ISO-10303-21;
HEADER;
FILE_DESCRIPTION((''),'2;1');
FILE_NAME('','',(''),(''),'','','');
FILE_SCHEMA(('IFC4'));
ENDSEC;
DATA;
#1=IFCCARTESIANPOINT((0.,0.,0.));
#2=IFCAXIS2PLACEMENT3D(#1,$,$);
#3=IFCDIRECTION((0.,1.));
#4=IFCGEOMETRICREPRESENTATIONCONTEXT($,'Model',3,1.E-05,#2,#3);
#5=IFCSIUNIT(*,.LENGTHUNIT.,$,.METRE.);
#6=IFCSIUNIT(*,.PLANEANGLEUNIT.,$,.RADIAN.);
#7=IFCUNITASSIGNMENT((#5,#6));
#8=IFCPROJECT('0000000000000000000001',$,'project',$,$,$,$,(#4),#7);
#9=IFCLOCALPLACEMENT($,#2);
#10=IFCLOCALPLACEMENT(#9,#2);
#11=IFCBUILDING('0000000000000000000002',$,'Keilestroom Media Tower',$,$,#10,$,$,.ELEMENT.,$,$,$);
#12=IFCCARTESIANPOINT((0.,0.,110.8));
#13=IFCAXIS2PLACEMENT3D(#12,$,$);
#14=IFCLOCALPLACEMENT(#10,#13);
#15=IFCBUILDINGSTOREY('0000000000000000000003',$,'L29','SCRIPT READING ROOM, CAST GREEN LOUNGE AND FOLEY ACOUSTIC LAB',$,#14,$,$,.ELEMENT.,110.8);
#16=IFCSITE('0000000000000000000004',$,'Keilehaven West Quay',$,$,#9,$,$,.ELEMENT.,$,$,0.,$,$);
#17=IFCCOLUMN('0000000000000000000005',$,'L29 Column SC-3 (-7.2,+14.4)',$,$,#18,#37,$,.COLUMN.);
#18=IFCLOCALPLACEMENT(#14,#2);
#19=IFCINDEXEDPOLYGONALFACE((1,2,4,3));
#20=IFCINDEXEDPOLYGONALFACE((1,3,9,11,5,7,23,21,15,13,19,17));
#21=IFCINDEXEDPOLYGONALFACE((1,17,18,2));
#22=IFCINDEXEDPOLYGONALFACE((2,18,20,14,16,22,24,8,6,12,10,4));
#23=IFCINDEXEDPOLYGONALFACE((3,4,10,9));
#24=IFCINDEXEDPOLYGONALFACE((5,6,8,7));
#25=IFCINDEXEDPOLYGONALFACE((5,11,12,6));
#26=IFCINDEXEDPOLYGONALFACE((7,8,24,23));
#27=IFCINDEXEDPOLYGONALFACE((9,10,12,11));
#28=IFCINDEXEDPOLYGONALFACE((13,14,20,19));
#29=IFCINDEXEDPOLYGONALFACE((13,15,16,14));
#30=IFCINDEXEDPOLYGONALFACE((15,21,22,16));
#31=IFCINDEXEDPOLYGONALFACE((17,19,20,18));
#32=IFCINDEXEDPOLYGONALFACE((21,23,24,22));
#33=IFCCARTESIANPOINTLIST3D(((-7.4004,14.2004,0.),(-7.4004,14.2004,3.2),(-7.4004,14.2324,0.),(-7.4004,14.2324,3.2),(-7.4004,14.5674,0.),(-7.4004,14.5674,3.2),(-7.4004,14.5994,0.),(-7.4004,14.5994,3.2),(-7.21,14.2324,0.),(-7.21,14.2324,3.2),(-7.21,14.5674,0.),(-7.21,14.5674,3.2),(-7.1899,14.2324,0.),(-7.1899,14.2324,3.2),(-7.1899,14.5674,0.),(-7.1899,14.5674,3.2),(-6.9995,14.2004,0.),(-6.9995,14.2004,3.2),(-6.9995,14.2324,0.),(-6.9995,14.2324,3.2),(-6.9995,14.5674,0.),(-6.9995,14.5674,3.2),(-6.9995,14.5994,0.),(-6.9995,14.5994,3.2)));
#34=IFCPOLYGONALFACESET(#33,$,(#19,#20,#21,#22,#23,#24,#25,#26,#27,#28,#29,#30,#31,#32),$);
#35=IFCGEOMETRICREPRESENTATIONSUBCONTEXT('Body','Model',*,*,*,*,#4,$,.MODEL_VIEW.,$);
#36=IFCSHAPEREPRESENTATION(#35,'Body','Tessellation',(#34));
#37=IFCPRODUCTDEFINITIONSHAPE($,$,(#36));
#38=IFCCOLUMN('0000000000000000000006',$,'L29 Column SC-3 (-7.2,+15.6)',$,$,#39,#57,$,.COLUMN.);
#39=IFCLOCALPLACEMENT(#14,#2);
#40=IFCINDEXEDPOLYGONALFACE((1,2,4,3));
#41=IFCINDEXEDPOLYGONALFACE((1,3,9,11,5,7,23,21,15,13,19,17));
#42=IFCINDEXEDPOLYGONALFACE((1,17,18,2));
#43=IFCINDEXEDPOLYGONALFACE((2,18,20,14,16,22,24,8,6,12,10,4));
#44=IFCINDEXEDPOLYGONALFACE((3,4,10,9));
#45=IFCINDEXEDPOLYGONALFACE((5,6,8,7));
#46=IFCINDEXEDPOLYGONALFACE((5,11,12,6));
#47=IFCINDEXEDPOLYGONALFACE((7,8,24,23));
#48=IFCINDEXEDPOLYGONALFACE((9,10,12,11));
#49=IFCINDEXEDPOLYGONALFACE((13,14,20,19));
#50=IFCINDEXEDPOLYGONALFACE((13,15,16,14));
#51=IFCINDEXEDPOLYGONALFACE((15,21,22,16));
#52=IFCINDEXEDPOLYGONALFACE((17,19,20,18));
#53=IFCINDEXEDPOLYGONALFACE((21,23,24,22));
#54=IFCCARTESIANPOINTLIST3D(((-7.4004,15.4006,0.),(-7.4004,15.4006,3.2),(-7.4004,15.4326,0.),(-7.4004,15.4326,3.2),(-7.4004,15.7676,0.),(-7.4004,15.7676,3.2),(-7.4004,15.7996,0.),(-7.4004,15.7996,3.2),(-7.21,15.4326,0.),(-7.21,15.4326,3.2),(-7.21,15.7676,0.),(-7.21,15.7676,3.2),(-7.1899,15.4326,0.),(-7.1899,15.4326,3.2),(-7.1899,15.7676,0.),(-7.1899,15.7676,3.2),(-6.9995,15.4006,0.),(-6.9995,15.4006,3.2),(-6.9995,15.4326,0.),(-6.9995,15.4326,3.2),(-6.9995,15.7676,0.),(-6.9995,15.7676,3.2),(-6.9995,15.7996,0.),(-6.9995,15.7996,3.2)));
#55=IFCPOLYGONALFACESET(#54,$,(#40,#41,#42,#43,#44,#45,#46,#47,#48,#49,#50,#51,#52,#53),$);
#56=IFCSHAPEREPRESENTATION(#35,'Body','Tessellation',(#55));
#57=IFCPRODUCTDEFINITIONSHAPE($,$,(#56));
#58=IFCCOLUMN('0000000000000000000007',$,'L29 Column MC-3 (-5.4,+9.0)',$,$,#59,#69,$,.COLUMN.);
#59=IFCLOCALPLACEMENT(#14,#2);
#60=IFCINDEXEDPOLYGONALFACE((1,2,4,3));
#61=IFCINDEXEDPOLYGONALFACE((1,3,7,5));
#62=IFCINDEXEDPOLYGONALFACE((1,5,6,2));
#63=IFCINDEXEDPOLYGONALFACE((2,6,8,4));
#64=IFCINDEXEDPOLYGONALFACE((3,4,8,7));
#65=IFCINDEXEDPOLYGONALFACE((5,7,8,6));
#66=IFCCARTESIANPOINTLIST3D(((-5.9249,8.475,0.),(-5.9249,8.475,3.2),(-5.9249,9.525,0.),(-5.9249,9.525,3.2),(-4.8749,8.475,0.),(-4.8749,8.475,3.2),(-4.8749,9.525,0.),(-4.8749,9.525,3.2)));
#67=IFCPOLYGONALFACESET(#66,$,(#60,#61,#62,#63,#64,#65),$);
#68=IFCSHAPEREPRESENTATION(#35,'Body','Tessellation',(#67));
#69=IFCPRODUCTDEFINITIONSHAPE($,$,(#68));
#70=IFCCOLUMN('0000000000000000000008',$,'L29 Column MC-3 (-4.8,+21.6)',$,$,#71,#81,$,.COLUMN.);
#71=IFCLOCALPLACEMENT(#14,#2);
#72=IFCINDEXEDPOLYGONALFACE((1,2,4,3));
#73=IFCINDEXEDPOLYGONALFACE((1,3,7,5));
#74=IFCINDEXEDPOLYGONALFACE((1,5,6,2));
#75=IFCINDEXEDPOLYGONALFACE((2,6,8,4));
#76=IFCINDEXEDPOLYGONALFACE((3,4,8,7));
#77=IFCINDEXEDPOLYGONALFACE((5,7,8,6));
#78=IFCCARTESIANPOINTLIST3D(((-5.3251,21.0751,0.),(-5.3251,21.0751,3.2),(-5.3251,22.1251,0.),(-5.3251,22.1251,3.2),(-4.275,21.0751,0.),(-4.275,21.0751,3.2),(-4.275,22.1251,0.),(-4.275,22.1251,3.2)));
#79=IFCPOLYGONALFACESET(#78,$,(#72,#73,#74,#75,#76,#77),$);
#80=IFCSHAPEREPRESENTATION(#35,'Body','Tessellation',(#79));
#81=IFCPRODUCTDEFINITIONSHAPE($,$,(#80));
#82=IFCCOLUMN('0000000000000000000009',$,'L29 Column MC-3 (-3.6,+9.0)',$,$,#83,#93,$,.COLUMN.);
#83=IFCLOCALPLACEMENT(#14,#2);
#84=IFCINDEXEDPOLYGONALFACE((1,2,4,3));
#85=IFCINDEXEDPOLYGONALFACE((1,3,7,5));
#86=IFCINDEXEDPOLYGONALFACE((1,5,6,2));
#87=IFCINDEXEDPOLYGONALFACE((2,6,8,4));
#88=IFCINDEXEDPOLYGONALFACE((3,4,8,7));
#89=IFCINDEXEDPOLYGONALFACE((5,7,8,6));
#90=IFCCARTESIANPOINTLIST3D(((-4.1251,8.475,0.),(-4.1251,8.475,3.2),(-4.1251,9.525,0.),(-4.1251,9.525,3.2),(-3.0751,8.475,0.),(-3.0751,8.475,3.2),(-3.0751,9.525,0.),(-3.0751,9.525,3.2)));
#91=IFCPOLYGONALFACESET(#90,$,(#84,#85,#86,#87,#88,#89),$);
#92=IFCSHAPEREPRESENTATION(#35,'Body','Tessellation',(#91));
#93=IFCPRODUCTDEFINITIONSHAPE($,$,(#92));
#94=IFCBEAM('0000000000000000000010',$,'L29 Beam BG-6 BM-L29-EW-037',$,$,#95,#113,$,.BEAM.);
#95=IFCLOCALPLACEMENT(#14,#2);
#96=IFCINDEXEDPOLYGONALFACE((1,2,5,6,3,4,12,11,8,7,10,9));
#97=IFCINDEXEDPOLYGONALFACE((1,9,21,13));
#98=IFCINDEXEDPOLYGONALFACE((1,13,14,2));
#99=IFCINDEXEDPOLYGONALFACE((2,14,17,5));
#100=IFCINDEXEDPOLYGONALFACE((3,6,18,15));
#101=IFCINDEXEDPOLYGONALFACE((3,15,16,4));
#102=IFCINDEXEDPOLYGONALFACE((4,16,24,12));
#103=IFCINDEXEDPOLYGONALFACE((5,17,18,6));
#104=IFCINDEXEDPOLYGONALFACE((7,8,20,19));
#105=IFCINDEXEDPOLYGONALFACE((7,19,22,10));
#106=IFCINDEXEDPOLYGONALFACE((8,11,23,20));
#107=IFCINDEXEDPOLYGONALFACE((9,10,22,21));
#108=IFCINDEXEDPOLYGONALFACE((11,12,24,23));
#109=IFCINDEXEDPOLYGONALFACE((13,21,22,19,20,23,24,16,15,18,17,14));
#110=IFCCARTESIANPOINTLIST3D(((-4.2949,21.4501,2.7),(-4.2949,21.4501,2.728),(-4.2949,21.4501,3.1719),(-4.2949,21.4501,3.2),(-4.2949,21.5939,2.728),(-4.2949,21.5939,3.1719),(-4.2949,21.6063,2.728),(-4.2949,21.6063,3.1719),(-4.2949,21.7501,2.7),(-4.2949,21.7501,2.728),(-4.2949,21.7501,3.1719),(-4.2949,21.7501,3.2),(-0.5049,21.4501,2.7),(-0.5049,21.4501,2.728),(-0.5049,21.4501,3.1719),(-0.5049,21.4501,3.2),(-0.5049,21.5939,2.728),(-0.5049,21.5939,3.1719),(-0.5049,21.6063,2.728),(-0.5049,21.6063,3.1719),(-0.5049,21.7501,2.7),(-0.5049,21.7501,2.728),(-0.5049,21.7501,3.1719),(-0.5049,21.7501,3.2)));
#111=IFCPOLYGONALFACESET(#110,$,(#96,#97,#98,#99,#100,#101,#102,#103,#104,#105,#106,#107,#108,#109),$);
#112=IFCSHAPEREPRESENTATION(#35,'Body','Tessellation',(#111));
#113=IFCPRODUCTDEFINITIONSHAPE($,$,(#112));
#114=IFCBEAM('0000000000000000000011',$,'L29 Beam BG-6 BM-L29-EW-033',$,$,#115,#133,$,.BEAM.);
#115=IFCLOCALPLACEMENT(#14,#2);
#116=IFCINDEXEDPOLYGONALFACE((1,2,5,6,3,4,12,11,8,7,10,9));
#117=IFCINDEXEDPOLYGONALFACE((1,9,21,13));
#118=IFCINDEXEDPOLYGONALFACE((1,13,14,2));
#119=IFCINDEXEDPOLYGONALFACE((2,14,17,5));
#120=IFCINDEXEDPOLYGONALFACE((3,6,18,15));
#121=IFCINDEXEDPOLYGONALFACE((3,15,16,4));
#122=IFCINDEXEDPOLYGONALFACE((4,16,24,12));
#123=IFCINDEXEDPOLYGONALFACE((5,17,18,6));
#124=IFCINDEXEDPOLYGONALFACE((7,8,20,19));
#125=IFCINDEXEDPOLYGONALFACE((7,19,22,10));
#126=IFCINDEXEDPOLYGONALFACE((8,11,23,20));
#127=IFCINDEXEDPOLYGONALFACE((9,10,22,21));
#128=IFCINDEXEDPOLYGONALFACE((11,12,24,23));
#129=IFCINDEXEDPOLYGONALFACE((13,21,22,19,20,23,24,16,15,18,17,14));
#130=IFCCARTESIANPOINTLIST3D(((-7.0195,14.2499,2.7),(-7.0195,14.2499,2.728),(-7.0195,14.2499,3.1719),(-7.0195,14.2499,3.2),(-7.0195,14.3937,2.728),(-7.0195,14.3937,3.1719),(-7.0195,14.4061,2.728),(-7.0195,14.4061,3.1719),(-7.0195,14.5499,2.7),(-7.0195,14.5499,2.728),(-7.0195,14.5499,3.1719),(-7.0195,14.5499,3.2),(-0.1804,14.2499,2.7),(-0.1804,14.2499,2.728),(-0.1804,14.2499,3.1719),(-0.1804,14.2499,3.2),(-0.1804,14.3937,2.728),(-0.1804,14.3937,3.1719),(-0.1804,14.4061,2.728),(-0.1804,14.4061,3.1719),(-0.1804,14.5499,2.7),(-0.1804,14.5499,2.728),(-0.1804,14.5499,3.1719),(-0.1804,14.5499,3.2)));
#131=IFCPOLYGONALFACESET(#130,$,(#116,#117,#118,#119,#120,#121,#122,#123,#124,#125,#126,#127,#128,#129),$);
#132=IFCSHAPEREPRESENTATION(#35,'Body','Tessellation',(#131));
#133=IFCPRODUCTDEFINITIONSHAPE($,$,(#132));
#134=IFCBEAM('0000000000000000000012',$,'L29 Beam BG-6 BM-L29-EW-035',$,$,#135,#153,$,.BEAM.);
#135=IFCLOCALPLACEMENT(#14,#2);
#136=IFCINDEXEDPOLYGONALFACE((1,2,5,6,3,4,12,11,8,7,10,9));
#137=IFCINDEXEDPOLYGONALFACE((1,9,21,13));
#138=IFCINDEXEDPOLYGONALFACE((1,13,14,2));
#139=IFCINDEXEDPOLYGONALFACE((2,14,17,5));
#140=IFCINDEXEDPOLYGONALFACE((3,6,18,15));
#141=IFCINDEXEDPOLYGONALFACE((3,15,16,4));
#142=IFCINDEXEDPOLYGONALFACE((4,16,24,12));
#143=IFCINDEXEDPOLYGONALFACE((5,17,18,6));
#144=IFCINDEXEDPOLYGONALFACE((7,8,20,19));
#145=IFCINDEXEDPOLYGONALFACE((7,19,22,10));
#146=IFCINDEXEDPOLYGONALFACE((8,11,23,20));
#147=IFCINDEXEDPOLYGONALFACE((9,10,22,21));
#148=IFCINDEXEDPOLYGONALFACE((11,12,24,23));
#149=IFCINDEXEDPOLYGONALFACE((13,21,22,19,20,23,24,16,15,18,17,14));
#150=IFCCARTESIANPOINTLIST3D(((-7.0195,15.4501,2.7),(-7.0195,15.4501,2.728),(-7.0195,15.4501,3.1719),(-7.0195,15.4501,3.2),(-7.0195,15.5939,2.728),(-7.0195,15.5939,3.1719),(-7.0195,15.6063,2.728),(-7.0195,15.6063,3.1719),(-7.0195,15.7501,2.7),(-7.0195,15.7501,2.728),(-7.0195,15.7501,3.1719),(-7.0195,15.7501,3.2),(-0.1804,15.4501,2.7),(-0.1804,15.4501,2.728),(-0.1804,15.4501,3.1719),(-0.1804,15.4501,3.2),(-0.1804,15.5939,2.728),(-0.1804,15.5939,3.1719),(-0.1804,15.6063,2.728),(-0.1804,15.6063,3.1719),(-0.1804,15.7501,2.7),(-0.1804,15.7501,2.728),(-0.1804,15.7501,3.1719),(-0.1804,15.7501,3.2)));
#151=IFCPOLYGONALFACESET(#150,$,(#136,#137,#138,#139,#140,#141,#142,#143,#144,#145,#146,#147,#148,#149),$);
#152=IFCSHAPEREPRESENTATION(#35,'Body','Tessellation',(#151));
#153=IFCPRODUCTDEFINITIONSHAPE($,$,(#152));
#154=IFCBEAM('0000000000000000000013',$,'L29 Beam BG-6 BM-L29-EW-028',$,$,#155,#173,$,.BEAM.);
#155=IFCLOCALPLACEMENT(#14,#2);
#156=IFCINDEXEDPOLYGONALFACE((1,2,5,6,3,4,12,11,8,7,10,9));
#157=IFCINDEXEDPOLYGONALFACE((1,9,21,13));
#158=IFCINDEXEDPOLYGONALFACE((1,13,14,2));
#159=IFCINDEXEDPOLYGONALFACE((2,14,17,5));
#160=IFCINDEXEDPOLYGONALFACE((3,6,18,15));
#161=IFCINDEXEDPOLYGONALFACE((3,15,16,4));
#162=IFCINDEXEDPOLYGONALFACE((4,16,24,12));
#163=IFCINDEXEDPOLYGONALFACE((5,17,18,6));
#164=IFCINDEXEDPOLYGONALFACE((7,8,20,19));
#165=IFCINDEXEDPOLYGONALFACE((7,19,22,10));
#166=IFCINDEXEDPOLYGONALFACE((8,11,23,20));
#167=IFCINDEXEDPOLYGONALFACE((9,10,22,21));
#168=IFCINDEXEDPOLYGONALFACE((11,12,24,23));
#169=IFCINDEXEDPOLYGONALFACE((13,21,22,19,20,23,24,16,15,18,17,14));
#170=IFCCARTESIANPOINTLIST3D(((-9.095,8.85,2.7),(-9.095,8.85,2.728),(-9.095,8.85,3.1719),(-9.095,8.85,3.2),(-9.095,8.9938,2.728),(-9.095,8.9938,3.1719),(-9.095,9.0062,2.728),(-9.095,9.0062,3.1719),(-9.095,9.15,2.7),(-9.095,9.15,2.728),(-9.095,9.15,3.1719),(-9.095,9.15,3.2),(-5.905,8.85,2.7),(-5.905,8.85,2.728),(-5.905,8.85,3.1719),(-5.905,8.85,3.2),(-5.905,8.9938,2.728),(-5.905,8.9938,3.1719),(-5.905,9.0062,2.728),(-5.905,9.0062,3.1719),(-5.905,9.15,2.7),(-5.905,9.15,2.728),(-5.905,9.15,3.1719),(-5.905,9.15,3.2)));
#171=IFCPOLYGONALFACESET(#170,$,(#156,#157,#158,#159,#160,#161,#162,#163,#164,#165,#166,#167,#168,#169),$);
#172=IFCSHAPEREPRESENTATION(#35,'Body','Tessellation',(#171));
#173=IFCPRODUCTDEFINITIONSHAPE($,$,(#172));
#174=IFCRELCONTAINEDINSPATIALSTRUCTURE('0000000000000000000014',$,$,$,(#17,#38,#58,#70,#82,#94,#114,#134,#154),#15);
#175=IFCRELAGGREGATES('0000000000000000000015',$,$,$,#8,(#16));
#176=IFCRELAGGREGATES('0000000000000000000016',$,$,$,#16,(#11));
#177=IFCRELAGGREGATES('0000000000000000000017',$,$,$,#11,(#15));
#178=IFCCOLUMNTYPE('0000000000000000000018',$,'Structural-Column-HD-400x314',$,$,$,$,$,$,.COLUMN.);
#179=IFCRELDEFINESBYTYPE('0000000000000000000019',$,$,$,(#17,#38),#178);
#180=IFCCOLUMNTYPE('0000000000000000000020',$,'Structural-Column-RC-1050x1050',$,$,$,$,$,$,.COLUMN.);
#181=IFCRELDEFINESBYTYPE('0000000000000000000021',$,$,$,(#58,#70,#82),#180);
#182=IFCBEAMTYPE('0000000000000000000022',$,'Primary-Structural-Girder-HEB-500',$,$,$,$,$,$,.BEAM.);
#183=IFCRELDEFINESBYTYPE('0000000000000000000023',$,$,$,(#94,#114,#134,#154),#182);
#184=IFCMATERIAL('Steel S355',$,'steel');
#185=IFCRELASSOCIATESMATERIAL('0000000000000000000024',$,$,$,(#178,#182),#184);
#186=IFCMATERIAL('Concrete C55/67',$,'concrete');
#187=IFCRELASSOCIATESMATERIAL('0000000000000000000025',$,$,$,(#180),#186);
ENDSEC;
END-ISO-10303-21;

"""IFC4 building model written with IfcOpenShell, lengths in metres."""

from ifc_helpers import new_model, si_unit, direction, frame, origin, origin_2d, place, context, subcontext, project, spatial, rectangle, i_section, extrude, source, transform, mapped, material, material_profile, profile_set, type_object, element, save


model = new_model("IFC4")

# Units and contexts
model_context = context("Model", 3, precision=1e-05, world=origin(), true_north=direction((0.0, 1.0)))
body_context = subcontext(model_context, "Body", "Model", "MODEL_VIEW")
ifc_project = project(units=[si_unit("LENGTHUNIT", "METRE"), si_unit("PLANEANGLEUNIT", "RADIAN")], contexts=[model_context])

# Site, building, storey
site_placement = place(None, origin())
site = spatial("IfcSite", under=ifc_project, at=site_placement, Name="Keilehaven West Quay", CompositionType="ELEMENT", RefElevation=0.0)
building_placement = place(site_placement, origin())
building = spatial("IfcBuilding", under=site, at=building_placement, Name="Keilestroom Media Tower", CompositionType="ELEMENT")
storey_placement = place(building_placement, frame((0.0, 0.0, 110.8)))
storey = spatial("IfcBuildingStorey", under=building, at=storey_placement, Name="L29", Description="SCRIPT READING ROOM, CAST GREEN LOUNGE AND FOLEY ACOUSTIC LAB", CompositionType="ELEMENT", Elevation=110.8)

# Columns
ifc_material_1 = material(Name="Steel S355", Category="steel")
ifc_material_profile_1 = material_profile(ifc_material_1, i_section(OverallWidth=0.4009, OverallDepth=0.3989, WebThickness=0.02, FlangeThickness=0.032, at=origin_2d()), Name="HD 400x314")
ifc_profile_set_1 = profile_set([ifc_material_profile_1], Name="Steel S355")
column_type_1 = type_object("IfcColumnType", Name="Structural-Column-HD-400x314", PredefinedType="COLUMN", material=ifc_profile_set_1)
shared_shape_1 = source(origin(), body_context, "Body", "SweptSolid", [
    extrude(i_section(OverallWidth=0.4009, OverallDepth=0.3989, WebThickness=0.02, FlangeThickness=0.032, at=origin_2d()), origin(), (0.0, 0.0, 1.0), 3.2),
])
for number, where, z_axis, x_axis, name in (
    (1, (-7.2, 14.3999, 0.0), (0.0, 0.0, 1.0), (1.0, 0.0, 0.0), "L29 Column SC-3 (-7.2,+14.4)"),
    (2, (-7.2, 15.6001, 0.0), (0.0, 0.0, 1.0), (1.0, 0.0, 0.0), "L29 Column SC-3 (-7.2,+15.6)"),
):
    element("IfcColumn", number, at=place(storey_placement, frame(where, z_axis=z_axis, x_axis=x_axis)), inside=storey, type_object=column_type_1, Name=name, PredefinedType="COLUMN", context=body_context, shape_type="MappedRepresentation", body=[
        mapped(shared_shape_1, transform((0.0, 0.0, 0.0), x_axis=(1.0, 0.0, 0.0), y_axis=(0.0, 1.0, 0.0), z_axis=(0.0, 0.0, 1.0), scale=1.0)),
    ])
ifc_material_2 = material(Name="Concrete C55/67", Category="concrete")
ifc_material_profile_2 = material_profile(ifc_material_2, rectangle(XDim=1.05, YDim=1.05, at=origin_2d()), Name="RC 1050x1050")
ifc_profile_set_2 = profile_set([ifc_material_profile_2], Name="Concrete C55/67")
column_type_2 = type_object("IfcColumnType", Name="Structural-Column-RC-1050x1050", PredefinedType="COLUMN", material=ifc_profile_set_2)
shared_shape_2 = source(origin(), body_context, "Body", "SweptSolid", [
    extrude(rectangle(XDim=1.05, YDim=1.05, at=origin_2d()), origin(), (0.0, 0.0, 1.0), 3.2),
])
for number, where, z_axis, x_axis, name in (
    (3, (-5.3999, 9.0, 0.0), (0.0, 0.0, 1.0), (1.0, 0.0, 0.0), "L29 Column MC-3 (-5.4,+9.0)"),
    (4, (-4.8, 21.6001, 0.0), (0.0, 0.0, 1.0), (1.0, 0.0, 0.0), "L29 Column MC-3 (-4.8,+21.6)"),
    (5, (-3.6001, 9.0, 0.0), (0.0, 0.0, 1.0), (1.0, 0.0, 0.0), "L29 Column MC-3 (-3.6,+9.0)"),
):
    element("IfcColumn", number, at=place(storey_placement, frame(where, z_axis=z_axis, x_axis=x_axis)), inside=storey, type_object=column_type_2, Name=name, PredefinedType="COLUMN", context=body_context, shape_type="MappedRepresentation", body=[
        mapped(shared_shape_2, transform((0.0, 0.0, 0.0), x_axis=(1.0, 0.0, 0.0), y_axis=(0.0, 1.0, 0.0), z_axis=(0.0, 0.0, 1.0), scale=1.0)),
    ])

# Beams
ifc_material_profile_3 = material_profile(ifc_material_1, i_section(OverallWidth=0.3, OverallDepth=0.5, WebThickness=0.0125, FlangeThickness=0.0281, at=origin_2d()), Name="HEB 500")
ifc_profile_set_3 = profile_set([ifc_material_profile_3], Name="Steel S355")
beam_type = type_object("IfcBeamType", Name="Primary-Structural-Girder-HEB-500", PredefinedType="BEAM", material=ifc_profile_set_3)
shared_shape_3 = source(origin(), body_context, "Body", "SweptSolid", [
    extrude(i_section(OverallWidth=0.3, OverallDepth=0.5, WebThickness=0.0125, FlangeThickness=0.0281, at=origin_2d()), origin(), (0.0, 0.0, 1.0), 3.79),
])
beam_1_placement = place(storey_placement, frame((-4.2949, 21.6001, 2.95), z_axis=(1.0, 0.0, 0.0), x_axis=(0.0, 1.0, 0.0)))
element("IfcBeam", 6, at=beam_1_placement, inside=storey, type_object=beam_type, Name="L29 Beam BG-6 BM-L29-EW-037", PredefinedType="BEAM", context=body_context, shape_type="MappedRepresentation", body=[
    mapped(shared_shape_3, transform((0.0, 0.0, 0.0), x_axis=(1.0, 0.0, 0.0), y_axis=(0.0, 1.0, 0.0), z_axis=(0.0, 0.0, 1.0), scale=1.0)),
])
shared_shape_4 = source(origin(), body_context, "Body", "SweptSolid", [
    extrude(i_section(OverallWidth=0.3, OverallDepth=0.5, WebThickness=0.0125, FlangeThickness=0.0281, at=origin_2d()), origin(), (0.0, 0.0, 1.0), 6.8391),
])
for number, where, z_axis, x_axis, name in (
    (7, (-7.0195, 14.3999, 2.95), (1.0, 0.0, 0.0), (0.0, 1.0, 0.0), "L29 Beam BG-6 BM-L29-EW-033"),
    (8, (-7.0195, 15.6001, 2.95), (1.0, 0.0, 0.0), (0.0, 1.0, 0.0), "L29 Beam BG-6 BM-L29-EW-035"),
):
    element("IfcBeam", number, at=place(storey_placement, frame(where, z_axis=z_axis, x_axis=x_axis)), inside=storey, type_object=beam_type, Name=name, PredefinedType="BEAM", context=body_context, shape_type="MappedRepresentation", body=[
        mapped(shared_shape_4, transform((0.0, 0.0, 0.0), x_axis=(1.0, 0.0, 0.0), y_axis=(0.0, 1.0, 0.0), z_axis=(0.0, 0.0, 1.0), scale=1.0)),
    ])
shared_shape_5 = source(origin(), body_context, "Body", "SweptSolid", [
    extrude(i_section(OverallWidth=0.3, OverallDepth=0.5, WebThickness=0.0125, FlangeThickness=0.0281, at=origin_2d()), origin(), (0.0, 0.0, 1.0), 3.1899),
])
beam_2_placement = place(storey_placement, frame((-9.095, 9.0, 2.95), z_axis=(1.0, 0.0, 0.0), x_axis=(0.0, 1.0, 0.0)))
element("IfcBeam", 9, at=beam_2_placement, inside=storey, type_object=beam_type, Name="L29 Beam BG-6 BM-L29-EW-028", PredefinedType="BEAM", context=body_context, shape_type="MappedRepresentation", body=[
    mapped(shared_shape_5, transform((0.0, 0.0, 0.0), x_axis=(1.0, 0.0, 0.0), y_axis=(0.0, 1.0, 0.0), z_axis=(0.0, 0.0, 1.0), scale=1.0)),
])

save(model, "model.ifc")
